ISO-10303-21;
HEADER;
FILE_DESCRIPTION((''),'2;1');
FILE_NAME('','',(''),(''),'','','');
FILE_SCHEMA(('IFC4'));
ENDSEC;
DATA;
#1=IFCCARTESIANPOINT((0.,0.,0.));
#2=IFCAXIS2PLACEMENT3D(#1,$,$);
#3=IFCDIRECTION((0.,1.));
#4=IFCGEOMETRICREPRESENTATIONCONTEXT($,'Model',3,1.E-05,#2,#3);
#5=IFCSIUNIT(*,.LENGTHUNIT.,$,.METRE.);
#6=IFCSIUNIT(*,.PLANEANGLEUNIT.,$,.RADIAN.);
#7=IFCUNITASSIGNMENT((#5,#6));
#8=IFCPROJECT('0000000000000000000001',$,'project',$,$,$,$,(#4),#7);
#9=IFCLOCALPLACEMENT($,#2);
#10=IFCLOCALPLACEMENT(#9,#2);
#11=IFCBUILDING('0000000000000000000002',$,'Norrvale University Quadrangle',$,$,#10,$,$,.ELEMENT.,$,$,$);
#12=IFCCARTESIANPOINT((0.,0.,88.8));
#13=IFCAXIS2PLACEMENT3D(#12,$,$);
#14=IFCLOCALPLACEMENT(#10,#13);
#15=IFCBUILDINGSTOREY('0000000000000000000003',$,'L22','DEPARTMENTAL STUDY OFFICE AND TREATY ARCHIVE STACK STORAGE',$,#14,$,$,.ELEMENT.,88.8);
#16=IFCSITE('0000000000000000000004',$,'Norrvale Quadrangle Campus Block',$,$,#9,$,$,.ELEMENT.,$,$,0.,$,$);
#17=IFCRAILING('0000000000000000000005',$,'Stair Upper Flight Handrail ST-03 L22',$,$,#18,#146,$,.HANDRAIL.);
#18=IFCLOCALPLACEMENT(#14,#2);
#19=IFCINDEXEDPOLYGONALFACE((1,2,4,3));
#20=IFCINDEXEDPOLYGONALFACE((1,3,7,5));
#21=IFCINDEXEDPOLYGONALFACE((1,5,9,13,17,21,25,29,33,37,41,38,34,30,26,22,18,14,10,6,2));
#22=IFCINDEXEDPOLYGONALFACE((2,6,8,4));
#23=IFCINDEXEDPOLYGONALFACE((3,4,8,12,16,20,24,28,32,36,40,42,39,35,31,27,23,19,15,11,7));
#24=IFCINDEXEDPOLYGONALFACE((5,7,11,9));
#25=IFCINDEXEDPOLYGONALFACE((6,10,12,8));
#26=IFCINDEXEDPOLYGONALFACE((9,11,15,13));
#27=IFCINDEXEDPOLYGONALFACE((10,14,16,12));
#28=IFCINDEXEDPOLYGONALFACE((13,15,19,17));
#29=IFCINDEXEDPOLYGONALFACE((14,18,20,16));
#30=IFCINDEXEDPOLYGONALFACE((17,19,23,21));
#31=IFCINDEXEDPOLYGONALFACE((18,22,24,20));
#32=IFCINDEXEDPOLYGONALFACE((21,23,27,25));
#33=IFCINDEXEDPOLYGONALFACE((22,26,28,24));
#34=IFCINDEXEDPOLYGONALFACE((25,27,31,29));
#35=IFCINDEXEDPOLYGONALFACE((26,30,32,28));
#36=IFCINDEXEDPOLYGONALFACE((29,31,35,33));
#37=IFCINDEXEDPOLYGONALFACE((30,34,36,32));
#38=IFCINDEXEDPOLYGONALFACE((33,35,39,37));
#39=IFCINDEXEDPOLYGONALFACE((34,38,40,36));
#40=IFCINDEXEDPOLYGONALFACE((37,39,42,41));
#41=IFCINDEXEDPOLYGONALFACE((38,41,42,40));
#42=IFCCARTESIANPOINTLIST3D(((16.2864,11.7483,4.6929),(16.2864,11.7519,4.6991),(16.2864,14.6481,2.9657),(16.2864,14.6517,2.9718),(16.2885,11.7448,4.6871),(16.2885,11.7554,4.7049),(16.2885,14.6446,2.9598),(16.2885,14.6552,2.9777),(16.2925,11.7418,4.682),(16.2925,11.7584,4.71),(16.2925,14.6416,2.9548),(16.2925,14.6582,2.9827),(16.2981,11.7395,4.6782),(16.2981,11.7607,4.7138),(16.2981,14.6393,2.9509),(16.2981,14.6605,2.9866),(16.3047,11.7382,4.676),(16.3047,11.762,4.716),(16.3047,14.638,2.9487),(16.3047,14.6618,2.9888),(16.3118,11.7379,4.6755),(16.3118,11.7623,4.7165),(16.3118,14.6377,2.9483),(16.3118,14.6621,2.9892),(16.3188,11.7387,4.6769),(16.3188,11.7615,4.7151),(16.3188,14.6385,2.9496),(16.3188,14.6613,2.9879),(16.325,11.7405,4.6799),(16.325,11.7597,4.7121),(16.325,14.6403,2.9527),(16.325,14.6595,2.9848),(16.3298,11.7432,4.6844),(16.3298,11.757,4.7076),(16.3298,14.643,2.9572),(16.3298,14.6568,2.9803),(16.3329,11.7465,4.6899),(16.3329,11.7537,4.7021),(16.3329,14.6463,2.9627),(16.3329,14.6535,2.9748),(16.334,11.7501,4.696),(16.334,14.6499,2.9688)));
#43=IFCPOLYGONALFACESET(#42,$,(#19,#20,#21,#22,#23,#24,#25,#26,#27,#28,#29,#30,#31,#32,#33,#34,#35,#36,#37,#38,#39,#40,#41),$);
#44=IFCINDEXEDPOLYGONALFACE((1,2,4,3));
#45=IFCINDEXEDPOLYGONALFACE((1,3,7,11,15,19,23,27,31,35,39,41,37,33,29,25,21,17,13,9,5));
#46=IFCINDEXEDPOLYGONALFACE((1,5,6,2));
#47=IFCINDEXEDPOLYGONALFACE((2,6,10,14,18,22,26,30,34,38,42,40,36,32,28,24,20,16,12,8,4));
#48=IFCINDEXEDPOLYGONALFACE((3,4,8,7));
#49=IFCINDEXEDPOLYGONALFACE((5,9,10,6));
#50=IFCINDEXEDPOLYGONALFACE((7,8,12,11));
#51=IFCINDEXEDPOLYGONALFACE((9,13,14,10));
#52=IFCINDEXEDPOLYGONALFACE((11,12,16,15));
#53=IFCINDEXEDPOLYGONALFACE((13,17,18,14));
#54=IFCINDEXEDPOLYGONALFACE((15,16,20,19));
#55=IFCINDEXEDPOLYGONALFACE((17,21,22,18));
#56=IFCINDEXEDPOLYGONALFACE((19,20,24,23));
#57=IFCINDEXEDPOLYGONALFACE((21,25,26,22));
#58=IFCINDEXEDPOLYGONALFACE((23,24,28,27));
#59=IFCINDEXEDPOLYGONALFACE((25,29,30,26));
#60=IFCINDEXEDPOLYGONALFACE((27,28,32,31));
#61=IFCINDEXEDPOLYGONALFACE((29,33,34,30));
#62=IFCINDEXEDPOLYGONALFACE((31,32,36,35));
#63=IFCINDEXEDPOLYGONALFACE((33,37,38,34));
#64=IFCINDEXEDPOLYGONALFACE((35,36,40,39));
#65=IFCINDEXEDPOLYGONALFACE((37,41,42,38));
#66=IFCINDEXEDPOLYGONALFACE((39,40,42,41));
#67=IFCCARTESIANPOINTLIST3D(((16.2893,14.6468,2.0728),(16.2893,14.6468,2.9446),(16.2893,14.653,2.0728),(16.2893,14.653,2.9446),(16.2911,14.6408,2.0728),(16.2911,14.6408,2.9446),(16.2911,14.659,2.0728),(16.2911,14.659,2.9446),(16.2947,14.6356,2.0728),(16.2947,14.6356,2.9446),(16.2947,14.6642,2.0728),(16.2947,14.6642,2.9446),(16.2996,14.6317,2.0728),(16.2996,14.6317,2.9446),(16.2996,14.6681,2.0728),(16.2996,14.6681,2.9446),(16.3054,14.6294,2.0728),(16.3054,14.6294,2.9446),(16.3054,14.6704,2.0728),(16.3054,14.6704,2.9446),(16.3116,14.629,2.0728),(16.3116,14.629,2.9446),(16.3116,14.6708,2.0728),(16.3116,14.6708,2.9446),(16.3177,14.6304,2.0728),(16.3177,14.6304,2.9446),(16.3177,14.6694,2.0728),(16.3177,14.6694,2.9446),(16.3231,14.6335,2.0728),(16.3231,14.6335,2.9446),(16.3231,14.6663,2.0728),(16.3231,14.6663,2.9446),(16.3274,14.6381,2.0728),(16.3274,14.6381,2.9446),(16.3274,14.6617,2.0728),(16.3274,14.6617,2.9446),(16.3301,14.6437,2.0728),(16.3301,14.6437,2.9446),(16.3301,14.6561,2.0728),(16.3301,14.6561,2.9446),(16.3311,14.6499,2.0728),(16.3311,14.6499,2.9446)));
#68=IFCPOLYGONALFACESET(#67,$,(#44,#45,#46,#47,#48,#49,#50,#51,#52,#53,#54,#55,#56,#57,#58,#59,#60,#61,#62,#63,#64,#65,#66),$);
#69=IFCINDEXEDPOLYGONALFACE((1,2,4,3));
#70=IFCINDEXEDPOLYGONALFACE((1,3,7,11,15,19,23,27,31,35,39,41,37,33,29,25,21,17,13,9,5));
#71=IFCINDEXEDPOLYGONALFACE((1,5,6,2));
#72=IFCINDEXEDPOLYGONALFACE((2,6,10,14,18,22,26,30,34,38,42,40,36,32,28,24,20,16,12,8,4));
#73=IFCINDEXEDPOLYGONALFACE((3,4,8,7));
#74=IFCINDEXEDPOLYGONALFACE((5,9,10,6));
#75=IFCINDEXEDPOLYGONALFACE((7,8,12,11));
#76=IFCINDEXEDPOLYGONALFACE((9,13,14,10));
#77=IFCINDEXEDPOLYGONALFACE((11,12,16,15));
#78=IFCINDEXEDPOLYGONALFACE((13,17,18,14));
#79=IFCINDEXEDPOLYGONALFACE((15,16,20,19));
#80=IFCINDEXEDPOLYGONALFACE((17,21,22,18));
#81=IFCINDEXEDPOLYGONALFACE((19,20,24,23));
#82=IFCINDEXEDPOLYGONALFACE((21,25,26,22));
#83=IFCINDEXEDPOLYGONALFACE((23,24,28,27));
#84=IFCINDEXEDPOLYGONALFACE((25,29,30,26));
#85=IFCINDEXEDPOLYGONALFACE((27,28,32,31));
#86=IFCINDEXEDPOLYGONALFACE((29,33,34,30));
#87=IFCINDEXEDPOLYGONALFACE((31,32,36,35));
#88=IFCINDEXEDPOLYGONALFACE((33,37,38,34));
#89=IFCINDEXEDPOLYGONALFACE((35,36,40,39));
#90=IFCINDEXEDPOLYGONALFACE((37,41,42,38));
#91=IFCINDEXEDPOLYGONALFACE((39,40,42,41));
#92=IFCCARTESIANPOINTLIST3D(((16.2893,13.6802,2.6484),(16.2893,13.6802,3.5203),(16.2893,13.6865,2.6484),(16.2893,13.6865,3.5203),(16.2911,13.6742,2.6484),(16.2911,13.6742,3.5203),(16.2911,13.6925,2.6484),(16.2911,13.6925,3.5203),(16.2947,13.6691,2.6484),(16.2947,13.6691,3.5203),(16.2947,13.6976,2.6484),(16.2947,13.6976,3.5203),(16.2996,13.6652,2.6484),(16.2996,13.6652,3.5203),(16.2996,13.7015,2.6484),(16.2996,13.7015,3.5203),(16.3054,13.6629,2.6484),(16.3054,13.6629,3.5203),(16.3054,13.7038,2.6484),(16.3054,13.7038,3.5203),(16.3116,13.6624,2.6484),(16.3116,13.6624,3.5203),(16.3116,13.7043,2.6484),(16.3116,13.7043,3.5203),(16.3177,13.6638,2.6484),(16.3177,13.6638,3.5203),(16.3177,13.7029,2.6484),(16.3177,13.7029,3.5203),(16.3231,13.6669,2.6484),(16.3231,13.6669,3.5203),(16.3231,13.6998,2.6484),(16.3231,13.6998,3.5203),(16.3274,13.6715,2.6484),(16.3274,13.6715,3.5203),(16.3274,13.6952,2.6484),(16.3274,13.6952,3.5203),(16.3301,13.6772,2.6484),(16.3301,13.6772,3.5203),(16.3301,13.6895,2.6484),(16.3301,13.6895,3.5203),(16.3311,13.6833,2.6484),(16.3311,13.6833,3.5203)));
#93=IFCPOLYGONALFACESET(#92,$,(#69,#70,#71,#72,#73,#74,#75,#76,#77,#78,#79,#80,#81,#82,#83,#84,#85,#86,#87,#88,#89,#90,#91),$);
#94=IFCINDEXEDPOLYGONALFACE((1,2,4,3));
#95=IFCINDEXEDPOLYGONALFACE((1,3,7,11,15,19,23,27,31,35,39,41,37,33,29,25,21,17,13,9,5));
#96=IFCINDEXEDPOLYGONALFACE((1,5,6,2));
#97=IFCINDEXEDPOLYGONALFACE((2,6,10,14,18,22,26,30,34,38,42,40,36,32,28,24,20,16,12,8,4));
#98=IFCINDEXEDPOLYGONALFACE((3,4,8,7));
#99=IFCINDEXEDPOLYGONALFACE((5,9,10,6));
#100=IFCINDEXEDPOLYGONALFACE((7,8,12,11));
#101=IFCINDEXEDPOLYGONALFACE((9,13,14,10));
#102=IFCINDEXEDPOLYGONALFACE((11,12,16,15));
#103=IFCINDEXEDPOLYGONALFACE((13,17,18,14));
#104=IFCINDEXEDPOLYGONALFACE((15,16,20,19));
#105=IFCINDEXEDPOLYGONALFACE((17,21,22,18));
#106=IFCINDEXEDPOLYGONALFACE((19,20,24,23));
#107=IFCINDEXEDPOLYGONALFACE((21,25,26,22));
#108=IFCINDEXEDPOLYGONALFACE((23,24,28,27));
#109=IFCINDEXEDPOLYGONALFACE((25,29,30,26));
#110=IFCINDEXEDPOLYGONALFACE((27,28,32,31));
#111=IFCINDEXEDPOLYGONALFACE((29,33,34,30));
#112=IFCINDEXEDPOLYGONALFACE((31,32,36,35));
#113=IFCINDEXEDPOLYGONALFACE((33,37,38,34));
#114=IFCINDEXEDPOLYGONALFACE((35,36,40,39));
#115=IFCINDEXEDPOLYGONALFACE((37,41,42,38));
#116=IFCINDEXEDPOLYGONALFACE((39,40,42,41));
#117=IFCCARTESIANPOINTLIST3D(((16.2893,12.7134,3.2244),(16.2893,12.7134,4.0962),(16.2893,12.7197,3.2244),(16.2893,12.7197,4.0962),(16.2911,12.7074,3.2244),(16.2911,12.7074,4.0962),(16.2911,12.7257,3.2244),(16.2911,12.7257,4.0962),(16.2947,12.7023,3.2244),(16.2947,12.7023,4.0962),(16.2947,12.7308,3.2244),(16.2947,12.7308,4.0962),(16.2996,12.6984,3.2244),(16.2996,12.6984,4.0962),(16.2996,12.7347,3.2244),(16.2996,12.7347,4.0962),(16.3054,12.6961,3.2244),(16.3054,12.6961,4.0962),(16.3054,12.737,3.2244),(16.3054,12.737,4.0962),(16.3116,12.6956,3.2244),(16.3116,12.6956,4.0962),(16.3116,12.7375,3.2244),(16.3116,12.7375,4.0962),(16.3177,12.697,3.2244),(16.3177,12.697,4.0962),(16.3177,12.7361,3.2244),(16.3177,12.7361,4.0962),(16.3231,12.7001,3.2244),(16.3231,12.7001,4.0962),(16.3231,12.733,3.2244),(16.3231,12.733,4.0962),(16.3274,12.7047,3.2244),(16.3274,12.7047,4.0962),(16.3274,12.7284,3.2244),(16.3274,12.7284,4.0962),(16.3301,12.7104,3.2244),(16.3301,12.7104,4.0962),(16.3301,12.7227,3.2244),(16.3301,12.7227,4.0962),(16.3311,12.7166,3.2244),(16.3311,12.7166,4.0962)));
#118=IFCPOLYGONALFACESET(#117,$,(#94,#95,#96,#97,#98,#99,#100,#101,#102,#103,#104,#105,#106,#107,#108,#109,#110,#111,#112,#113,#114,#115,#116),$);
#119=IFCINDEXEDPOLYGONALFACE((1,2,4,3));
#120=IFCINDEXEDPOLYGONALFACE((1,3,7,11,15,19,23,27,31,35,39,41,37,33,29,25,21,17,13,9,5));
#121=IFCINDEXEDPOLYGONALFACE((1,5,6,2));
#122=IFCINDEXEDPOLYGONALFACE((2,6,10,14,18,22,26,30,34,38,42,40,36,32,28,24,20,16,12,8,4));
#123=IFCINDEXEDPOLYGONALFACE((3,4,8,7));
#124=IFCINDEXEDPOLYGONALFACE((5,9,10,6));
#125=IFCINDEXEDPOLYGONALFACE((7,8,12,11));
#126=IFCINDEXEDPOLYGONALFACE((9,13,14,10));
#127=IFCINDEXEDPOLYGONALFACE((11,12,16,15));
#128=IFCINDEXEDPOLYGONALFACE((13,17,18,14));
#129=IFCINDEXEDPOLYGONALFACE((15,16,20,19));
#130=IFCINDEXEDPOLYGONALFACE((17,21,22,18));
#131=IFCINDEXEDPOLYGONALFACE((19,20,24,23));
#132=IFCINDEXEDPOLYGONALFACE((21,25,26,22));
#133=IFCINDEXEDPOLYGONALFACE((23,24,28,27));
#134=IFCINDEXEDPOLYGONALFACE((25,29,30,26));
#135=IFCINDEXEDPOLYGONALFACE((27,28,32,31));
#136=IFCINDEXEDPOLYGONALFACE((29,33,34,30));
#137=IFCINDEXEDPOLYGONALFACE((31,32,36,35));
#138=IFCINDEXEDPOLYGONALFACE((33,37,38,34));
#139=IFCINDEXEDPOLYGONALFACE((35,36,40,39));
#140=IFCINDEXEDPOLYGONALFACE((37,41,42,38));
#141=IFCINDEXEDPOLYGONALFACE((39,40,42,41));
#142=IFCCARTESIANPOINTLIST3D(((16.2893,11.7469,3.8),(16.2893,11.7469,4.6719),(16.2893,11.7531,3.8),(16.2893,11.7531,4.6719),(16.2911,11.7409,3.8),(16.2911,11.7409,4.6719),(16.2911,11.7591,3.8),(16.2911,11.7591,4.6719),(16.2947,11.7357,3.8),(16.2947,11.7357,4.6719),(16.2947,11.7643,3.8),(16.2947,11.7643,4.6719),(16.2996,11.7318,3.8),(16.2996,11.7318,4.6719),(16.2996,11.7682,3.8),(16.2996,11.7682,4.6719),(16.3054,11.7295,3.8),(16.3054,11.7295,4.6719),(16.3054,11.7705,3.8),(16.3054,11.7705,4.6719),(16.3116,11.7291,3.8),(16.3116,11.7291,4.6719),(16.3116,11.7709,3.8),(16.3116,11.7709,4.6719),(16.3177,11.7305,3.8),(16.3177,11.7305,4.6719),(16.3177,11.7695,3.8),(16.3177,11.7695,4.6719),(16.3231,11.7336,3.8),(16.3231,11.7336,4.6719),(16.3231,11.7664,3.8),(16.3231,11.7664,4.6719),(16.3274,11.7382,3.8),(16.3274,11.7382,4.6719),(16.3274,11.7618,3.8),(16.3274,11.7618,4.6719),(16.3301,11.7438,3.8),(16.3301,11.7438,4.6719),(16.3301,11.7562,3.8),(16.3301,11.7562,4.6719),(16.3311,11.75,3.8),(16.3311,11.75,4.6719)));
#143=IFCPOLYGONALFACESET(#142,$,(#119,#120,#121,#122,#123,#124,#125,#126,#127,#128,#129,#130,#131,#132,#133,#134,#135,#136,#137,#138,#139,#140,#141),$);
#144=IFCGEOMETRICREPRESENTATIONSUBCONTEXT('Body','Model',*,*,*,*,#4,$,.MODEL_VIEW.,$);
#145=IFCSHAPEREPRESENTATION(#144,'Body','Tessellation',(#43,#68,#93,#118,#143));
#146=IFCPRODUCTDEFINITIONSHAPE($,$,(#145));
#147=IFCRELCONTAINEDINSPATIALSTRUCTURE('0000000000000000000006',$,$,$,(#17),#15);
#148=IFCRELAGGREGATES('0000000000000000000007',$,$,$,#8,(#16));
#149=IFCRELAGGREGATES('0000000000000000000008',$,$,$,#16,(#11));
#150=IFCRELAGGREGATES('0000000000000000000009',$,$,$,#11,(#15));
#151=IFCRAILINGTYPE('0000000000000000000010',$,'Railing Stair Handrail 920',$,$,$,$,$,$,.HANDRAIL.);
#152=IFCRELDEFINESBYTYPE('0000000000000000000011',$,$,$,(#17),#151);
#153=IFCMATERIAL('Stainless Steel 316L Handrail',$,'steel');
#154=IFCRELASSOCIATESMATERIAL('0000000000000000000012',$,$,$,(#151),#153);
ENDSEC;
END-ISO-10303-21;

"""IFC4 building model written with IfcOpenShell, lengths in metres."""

from ifc_helpers import new_model, si_unit, direction, frame, origin, origin_2d, place, context, subcontext, project, spatial, circle, extrude, material, type_object, element, save


model = new_model("IFC4")

# Units and contexts
model_context = context("Model", 3, precision=1e-05, world=origin(), true_north=direction((0.0, 1.0)))
body_context = subcontext(model_context, "Body", "Model", "MODEL_VIEW")
ifc_project = project(units=[si_unit("LENGTHUNIT", "METRE"), si_unit("PLANEANGLEUNIT", "RADIAN")], contexts=[model_context])

# Site, building, storey
site_placement = place(None, origin())
site = spatial("IfcSite", under=ifc_project, at=site_placement, Name="Norrvale Quadrangle Campus Block", CompositionType="ELEMENT", RefElevation=0.0)
building_placement = place(site_placement, origin())
building = spatial("IfcBuilding", under=site, at=building_placement, Name="Norrvale University Quadrangle", CompositionType="ELEMENT")
storey_placement = place(building_placement, frame((0.0, 0.0, 88.8)))
storey = spatial("IfcBuildingStorey", under=building, at=storey_placement, Name="L22", Description="DEPARTMENTAL STUDY OFFICE AND TREATY ARCHIVE STACK STORAGE", CompositionType="ELEMENT", Elevation=88.8)

# Railing
ifc_material_1 = material(Name="Stainless Steel 316L Handrail", Category="steel")
railing_type_1 = type_object("IfcRailingType", Name="Railing Stair Handrail 920", PredefinedType="HANDRAIL", material=ifc_material_1)
railing_1_placement = place(storey_placement, frame((16.3101, 14.6499, 2.0728)))
element("IfcRailing", 1, at=railing_1_placement, inside=storey, type_object=railing_type_1, Name="Stair Upper Flight Handrail ST-03 L22", PredefinedType="HANDRAIL", context=body_context, shape_type="SweptSolid", body=[
    extrude(circle(Radius=0.0239, at=origin_2d()), frame((0.0, 0.0, 0.896), z_axis=(0.0, -0.859141, 0.511738), x_axis=(1.0, 0.0, 0.0)), (0.0, 0.0, 1.0), 3.3752),
    extrude(circle(Radius=0.021, at=origin_2d()), origin(), (0.0, 0.0, 1.0), 0.8718),
    extrude(circle(Radius=0.021, at=origin_2d()), frame((0.0, -0.9666, 0.5757)), (0.0, 0.0, 1.0), 0.8718),
    extrude(circle(Radius=0.021, at=origin_2d()), frame((0.0, -1.9333, 1.1516)), (0.0, 0.0, 1.0), 0.8718),
    extrude(circle(Radius=0.021, at=origin_2d()), frame((0.0, -2.8999, 1.7273)), (0.0, 0.0, 1.0), 0.8718),
])

save(model, "model.ifc")
